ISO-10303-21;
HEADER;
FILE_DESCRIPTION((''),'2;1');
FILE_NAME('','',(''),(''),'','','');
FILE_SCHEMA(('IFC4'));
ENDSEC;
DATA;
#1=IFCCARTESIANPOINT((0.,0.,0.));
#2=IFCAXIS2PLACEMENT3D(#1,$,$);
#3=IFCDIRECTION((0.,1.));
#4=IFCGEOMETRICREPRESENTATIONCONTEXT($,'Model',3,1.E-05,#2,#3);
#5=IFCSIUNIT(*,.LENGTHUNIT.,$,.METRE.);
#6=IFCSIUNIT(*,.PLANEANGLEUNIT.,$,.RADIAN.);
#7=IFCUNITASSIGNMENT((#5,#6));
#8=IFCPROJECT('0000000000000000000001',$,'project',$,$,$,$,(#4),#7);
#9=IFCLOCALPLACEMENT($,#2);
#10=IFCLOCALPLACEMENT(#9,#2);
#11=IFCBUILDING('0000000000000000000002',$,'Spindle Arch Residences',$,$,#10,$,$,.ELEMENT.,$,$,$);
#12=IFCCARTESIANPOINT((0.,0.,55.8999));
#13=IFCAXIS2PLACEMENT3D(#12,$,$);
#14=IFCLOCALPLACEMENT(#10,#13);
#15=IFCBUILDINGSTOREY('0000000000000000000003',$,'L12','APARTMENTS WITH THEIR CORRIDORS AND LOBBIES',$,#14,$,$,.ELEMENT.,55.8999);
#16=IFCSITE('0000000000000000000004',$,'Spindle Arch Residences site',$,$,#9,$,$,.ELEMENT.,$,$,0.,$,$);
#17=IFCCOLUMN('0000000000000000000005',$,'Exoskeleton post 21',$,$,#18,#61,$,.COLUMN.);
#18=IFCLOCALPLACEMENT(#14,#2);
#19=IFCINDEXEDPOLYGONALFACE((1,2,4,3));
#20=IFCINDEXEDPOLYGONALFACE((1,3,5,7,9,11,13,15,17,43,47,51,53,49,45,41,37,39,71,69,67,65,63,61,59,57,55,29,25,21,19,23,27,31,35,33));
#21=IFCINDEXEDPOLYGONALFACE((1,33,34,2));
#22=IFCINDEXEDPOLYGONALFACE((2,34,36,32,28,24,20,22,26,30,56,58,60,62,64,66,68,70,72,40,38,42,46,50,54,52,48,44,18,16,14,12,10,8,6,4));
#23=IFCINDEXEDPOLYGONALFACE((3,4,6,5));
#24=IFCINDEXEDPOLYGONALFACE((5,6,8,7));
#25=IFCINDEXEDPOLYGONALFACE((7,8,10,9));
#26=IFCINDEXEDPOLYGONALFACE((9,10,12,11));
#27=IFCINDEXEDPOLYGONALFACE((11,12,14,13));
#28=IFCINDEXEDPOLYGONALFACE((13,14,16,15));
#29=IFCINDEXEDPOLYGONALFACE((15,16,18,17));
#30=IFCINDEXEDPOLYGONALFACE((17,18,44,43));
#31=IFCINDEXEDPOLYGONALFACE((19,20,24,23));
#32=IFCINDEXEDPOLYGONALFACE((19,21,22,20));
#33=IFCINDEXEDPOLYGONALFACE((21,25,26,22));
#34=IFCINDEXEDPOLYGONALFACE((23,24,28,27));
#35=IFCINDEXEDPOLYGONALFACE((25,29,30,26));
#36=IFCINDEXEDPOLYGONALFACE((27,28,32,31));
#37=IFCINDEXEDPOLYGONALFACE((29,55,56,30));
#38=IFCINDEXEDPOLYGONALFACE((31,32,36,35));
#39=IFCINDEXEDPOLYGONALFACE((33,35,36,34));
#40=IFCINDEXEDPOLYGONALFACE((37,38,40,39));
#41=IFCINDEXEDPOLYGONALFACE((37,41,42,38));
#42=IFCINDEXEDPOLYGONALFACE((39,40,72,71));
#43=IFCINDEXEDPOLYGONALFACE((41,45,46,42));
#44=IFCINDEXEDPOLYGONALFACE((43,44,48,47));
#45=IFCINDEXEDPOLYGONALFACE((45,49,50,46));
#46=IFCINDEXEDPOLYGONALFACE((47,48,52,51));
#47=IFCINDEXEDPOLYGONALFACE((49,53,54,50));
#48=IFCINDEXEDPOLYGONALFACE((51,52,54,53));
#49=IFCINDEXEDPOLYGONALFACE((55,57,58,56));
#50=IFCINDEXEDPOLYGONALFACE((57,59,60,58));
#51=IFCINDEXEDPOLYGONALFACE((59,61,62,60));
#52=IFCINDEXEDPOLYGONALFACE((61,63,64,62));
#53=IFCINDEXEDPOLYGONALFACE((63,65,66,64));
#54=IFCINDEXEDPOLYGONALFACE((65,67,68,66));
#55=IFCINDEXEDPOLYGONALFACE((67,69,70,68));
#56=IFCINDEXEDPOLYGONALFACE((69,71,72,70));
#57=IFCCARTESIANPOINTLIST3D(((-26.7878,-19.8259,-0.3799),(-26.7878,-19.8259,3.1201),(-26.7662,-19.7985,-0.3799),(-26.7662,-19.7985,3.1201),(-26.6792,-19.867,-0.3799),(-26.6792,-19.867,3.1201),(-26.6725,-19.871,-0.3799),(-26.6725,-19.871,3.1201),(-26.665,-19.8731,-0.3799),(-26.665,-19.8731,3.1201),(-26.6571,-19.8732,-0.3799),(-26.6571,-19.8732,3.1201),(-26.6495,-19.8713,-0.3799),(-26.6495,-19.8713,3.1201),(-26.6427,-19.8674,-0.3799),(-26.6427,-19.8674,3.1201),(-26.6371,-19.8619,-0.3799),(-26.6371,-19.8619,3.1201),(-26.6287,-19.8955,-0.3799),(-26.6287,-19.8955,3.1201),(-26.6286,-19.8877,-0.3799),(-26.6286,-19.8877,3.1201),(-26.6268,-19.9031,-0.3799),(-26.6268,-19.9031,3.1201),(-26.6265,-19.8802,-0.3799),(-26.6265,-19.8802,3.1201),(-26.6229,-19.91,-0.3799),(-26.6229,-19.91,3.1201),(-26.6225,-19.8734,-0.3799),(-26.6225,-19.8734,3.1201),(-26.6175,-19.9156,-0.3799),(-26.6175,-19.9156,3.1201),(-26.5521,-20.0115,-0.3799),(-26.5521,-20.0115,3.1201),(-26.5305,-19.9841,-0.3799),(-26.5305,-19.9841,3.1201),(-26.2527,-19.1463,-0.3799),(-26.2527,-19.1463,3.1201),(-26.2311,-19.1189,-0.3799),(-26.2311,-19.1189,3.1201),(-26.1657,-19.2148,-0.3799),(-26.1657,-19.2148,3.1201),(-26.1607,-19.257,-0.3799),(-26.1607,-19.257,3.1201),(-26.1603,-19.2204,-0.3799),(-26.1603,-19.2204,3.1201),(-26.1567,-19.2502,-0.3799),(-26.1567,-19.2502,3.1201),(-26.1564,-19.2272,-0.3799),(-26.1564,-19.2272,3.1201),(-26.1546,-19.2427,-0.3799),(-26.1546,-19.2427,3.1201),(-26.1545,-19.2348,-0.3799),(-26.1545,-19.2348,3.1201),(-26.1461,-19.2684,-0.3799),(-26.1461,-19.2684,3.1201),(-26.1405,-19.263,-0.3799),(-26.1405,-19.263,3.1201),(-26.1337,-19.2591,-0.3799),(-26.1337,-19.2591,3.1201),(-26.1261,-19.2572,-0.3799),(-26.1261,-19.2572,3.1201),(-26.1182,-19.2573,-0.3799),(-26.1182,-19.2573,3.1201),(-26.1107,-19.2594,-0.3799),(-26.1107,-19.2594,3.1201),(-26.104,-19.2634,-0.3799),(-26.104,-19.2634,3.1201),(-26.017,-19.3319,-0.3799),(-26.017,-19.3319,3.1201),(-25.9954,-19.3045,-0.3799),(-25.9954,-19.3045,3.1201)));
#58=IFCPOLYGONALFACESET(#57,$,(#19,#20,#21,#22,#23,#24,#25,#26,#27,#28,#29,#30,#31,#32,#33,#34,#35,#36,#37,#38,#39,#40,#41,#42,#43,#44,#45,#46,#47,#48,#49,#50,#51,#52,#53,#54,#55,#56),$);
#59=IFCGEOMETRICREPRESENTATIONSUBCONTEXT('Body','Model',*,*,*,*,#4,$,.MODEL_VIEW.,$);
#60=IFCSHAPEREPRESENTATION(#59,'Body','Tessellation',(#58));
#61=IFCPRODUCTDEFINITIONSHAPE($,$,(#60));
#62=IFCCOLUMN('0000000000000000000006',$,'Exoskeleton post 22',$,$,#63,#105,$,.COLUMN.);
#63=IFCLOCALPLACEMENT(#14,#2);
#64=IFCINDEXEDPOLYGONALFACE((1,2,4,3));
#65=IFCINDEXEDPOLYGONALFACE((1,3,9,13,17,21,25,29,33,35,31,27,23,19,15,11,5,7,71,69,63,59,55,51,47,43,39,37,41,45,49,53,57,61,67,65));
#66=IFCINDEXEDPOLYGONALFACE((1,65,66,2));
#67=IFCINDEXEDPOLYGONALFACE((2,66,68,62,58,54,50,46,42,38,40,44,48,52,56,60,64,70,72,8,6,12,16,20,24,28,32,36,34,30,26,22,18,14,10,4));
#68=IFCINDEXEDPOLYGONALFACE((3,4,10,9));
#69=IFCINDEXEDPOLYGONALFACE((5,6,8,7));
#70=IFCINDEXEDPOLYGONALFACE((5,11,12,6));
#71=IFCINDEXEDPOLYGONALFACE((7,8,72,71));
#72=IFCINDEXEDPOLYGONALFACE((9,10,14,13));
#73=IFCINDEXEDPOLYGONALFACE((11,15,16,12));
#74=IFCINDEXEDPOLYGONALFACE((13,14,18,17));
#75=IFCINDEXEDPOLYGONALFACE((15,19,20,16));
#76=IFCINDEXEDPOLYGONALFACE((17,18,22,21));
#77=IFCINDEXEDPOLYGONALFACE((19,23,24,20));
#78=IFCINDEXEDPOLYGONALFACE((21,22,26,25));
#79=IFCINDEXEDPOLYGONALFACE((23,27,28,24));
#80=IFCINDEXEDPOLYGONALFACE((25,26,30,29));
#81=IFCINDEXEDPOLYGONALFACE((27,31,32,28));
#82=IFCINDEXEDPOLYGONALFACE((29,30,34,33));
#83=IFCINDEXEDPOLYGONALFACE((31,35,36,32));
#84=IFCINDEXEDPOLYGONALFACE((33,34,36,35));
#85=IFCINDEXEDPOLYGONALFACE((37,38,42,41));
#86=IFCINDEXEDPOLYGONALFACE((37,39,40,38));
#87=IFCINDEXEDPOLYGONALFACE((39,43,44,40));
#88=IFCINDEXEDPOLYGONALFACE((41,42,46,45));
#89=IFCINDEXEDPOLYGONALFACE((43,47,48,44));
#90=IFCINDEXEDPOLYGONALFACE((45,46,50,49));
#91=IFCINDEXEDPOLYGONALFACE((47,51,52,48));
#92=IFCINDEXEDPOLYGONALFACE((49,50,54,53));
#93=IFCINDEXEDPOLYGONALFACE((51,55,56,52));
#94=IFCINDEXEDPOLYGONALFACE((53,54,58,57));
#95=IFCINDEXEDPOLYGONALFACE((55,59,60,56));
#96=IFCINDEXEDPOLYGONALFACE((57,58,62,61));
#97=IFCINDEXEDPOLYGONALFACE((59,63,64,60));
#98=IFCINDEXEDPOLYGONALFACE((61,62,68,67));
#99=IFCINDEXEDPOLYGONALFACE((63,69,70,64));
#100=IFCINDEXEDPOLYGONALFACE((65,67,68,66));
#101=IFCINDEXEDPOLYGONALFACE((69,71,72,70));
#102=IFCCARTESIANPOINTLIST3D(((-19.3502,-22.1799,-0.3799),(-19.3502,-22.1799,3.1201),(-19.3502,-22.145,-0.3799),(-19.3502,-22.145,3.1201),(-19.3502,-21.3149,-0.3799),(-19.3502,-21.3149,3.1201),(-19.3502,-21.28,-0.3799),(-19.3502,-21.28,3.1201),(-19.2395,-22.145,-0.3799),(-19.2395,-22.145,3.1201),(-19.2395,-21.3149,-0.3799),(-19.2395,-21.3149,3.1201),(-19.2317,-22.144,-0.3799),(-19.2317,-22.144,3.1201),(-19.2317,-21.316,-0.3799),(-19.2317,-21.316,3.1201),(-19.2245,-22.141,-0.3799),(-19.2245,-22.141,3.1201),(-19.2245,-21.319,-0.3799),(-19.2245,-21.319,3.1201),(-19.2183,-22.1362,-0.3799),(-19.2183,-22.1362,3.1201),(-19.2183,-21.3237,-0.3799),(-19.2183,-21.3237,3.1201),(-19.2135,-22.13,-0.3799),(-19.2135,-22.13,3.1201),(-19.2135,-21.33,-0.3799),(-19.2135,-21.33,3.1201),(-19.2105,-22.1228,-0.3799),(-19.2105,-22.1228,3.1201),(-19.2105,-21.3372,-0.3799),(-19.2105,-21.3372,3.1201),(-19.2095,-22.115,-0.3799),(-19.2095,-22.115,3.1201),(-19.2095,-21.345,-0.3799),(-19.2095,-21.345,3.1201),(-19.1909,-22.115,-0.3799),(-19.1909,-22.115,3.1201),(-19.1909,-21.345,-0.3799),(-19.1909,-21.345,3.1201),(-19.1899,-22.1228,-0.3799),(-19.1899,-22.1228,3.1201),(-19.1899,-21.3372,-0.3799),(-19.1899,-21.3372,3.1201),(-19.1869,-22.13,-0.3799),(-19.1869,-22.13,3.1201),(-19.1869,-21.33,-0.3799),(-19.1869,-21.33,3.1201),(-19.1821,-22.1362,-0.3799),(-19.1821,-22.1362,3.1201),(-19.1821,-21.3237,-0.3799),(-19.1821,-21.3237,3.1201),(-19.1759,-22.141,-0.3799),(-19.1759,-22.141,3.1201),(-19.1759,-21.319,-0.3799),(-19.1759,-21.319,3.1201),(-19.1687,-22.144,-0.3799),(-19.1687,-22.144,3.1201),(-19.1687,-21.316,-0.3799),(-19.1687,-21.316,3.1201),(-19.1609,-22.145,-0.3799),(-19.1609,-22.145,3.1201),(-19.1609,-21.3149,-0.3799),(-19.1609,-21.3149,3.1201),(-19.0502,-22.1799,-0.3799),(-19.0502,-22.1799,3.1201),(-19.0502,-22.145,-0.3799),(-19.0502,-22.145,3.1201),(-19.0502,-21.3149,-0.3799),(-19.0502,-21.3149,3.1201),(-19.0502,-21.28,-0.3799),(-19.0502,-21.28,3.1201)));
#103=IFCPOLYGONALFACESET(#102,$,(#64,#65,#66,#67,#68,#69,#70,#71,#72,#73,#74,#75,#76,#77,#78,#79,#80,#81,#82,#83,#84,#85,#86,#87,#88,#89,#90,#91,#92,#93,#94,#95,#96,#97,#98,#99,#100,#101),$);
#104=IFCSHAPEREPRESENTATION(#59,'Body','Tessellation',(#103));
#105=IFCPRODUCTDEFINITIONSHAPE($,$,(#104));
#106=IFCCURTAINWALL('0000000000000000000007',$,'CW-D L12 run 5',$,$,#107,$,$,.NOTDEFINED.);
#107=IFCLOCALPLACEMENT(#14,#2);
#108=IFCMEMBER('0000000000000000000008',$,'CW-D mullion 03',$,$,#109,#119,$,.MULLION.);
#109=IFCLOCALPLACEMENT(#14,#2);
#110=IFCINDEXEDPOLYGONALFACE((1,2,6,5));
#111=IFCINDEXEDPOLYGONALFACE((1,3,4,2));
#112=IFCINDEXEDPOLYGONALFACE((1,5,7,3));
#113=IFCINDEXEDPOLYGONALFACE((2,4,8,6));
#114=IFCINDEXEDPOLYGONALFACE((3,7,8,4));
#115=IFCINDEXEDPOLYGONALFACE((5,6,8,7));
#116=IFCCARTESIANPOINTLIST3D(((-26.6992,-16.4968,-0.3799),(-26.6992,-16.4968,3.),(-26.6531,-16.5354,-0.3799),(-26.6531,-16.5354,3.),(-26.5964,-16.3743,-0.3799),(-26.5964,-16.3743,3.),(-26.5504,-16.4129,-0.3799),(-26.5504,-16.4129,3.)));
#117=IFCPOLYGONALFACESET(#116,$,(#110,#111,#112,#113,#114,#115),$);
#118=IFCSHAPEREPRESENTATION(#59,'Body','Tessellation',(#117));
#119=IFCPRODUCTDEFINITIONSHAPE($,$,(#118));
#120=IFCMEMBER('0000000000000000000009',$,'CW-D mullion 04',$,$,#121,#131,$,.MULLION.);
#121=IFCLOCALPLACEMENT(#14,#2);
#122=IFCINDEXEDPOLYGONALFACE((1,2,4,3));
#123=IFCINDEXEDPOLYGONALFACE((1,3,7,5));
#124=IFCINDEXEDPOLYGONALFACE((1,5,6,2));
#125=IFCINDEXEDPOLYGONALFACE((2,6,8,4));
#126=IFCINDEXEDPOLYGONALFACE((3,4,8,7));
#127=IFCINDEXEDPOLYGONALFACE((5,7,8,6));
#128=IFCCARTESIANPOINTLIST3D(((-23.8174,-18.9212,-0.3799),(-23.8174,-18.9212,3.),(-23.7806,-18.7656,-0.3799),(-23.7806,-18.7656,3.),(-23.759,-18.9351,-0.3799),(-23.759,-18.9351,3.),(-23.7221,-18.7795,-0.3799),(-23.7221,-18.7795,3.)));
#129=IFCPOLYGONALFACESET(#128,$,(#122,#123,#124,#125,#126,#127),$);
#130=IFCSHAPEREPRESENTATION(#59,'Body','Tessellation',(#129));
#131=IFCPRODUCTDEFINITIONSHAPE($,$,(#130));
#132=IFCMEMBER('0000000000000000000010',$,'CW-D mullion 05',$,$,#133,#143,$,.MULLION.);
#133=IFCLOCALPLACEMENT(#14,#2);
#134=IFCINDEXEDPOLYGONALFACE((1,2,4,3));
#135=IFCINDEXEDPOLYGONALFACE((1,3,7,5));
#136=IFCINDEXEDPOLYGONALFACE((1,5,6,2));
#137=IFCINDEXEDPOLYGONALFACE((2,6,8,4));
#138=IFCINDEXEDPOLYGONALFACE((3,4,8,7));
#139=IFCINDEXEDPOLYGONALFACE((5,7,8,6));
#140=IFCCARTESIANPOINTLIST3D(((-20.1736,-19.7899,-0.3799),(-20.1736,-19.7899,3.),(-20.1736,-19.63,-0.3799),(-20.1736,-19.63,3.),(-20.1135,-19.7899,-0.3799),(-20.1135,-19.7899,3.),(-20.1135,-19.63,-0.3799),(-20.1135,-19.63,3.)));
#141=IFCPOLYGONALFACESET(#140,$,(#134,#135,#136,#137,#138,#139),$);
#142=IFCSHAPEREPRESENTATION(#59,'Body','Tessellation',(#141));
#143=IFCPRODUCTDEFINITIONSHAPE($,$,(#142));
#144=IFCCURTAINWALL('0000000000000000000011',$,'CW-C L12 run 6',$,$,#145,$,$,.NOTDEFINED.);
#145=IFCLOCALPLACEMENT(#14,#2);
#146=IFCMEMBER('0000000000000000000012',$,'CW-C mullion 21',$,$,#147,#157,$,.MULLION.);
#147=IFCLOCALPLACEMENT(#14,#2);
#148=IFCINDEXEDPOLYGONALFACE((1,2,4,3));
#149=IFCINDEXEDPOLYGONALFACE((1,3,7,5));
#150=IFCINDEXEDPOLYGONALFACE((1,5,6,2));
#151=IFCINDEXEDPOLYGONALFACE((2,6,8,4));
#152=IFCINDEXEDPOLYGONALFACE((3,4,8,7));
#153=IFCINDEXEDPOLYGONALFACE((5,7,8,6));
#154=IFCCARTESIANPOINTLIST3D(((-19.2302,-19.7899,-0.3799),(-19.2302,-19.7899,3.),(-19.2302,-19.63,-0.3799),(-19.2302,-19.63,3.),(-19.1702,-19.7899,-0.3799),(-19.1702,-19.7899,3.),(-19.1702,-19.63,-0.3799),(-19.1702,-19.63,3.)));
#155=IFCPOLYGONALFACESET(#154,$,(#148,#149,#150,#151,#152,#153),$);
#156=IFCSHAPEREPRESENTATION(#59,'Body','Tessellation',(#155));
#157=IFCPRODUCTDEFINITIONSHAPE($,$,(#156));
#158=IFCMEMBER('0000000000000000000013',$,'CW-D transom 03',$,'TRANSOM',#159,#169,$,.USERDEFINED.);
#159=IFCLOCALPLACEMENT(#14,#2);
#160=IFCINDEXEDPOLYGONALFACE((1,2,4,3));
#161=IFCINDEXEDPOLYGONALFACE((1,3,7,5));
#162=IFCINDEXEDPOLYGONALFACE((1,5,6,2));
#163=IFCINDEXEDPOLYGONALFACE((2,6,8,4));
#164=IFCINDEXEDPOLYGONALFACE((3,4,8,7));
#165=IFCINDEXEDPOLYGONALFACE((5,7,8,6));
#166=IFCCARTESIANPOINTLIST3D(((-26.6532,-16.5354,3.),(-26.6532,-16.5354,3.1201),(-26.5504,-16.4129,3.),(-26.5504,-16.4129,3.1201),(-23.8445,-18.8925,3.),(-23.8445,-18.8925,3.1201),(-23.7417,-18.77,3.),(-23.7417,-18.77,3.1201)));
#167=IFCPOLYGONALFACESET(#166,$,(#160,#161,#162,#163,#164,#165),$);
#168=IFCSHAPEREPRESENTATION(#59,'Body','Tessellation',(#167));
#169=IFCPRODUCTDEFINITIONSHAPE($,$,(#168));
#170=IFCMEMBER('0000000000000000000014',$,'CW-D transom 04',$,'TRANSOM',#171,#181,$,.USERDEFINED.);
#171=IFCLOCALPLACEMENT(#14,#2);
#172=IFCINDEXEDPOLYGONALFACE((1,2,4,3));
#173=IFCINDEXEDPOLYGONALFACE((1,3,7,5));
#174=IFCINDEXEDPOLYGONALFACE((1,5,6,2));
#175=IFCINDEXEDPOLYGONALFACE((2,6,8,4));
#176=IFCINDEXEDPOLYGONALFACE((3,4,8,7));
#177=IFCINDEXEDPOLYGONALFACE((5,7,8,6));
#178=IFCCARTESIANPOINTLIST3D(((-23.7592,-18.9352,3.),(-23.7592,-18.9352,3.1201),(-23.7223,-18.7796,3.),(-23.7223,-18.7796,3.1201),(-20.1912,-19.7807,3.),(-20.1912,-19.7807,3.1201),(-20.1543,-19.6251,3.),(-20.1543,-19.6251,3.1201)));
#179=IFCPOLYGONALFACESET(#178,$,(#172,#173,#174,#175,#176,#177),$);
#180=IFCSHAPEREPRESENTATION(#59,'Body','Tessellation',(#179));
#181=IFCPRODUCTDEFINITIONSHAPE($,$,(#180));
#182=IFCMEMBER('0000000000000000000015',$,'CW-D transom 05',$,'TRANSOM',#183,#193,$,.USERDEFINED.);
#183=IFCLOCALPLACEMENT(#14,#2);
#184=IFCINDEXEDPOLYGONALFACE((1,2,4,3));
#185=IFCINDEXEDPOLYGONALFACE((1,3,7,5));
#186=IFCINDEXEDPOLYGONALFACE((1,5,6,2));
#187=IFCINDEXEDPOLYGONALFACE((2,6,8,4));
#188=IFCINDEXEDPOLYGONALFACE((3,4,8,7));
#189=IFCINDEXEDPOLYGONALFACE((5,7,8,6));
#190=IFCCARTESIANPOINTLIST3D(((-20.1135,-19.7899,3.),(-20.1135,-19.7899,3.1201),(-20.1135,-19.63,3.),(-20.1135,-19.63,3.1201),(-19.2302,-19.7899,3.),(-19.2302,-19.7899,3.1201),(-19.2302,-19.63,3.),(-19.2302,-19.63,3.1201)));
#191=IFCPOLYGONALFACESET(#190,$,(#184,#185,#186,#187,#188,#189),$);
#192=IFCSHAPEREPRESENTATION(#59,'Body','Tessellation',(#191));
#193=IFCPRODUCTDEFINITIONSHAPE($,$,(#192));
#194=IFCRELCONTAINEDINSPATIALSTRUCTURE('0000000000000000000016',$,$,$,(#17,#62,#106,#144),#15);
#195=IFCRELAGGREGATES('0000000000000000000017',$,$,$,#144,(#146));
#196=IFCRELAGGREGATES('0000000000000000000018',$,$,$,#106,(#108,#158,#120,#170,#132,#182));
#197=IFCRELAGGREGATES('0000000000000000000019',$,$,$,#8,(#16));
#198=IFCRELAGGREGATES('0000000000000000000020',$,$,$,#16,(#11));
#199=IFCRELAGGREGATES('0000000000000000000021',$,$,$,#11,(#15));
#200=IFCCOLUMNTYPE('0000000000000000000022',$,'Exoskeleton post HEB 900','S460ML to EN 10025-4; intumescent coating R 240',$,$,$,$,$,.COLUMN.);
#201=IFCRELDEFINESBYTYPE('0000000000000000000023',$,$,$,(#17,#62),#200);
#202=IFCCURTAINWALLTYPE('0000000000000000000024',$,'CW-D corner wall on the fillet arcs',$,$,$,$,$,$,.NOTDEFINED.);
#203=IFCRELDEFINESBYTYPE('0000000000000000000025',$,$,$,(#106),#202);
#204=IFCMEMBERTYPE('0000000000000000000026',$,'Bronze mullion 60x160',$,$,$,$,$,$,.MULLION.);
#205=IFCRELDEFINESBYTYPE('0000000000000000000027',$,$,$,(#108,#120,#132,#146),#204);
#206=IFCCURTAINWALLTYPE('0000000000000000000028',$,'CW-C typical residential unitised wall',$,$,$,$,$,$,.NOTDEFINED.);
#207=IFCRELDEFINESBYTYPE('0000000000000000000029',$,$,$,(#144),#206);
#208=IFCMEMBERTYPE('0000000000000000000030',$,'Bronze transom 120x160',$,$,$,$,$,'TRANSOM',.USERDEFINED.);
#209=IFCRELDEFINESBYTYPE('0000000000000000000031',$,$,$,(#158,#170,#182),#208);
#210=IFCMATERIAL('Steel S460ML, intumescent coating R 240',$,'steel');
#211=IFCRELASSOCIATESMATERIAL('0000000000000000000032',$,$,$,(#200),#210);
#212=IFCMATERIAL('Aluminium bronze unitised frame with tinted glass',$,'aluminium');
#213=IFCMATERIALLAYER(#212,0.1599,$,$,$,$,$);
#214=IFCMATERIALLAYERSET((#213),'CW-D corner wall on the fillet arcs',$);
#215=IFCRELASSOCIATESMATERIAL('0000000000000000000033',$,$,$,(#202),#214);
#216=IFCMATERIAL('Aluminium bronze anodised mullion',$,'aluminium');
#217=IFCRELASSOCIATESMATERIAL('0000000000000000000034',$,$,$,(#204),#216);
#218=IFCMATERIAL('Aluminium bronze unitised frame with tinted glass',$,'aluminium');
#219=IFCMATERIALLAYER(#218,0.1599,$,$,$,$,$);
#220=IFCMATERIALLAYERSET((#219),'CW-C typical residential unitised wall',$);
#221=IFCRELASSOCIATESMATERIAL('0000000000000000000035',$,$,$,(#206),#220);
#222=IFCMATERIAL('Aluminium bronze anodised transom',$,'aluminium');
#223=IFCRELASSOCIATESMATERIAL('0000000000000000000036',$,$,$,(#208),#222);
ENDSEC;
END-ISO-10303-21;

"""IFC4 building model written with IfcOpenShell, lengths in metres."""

from ifc_helpers import new_model, si_unit, direction, frame, origin, origin_2d, place, context, subcontext, project, spatial, rectangle, i_section, extrude, material, layer, layer_set, material_profile, profile_set, type_object, element, aggregate, save


model = new_model("IFC4")

# Units and contexts
model_context = context("Model", 3, precision=1e-05, world=origin(), true_north=direction((0.0, 1.0)))
body_context = subcontext(model_context, "Body", "Model", "MODEL_VIEW")
ifc_project = project(units=[si_unit("LENGTHUNIT", "METRE"), si_unit("PLANEANGLEUNIT", "RADIAN")], contexts=[model_context])

# Site, building, storey
site_placement = place(None, origin())
site = spatial("IfcSite", under=ifc_project, at=site_placement, Name="Spindle Arch Residences site", CompositionType="ELEMENT", RefElevation=0.0)
building_placement = place(site_placement, origin())
building = spatial("IfcBuilding", under=site, at=building_placement, Name="Spindle Arch Residences", CompositionType="ELEMENT")
storey_placement = place(building_placement, frame((0.0, 0.0, 55.8999)))
storey = spatial("IfcBuildingStorey", under=building, at=storey_placement, Name="L12", Description="APARTMENTS WITH THEIR CORRIDORS AND LOBBIES", CompositionType="ELEMENT", Elevation=55.8999)

# Columns
ifc_material_1 = material(Name="Steel S460ML, intumescent coating R 240", Category="steel")
ifc_material_profile_1 = material_profile(ifc_material_1, i_section(OverallWidth=0.3, OverallDepth=0.8999, WebThickness=0.0186, FlangeThickness=0.0349, FilletRadius=0.03, at=origin_2d()), Name="HEB 900")
ifc_profile_set_1 = profile_set([ifc_material_profile_1], Name="Steel S460ML, intumescent coating R 240")
column_type = type_object("IfcColumnType", Name="Exoskeleton post HEB 900", Description="S460ML to EN 10025-4; intumescent coating R 240", PredefinedType="COLUMN", material=ifc_profile_set_1)
for number, where, z_axis, x_axis, name in (
    (1, (-26.3916, -19.5652, -0.3799), (0.0, 0.0, 1.0), (-0.785684, 0.618629, 0.0), "Exoskeleton post 21"),
    (2, (-19.2002, -21.73, -0.3799), (0.0, 0.0, 1.0), (-1.0, 0.0, 0.0), "Exoskeleton post 22"),
):
    element("IfcColumn", number, at=place(storey_placement, frame(where, z_axis=z_axis, x_axis=x_axis)), inside=storey, type_object=column_type, Name=name, PredefinedType="COLUMN", context=body_context, shape_type="SweptSolid", body=[
        extrude(i_section(OverallWidth=0.3, OverallDepth=0.8999, WebThickness=0.0186, FlangeThickness=0.0349, FilletRadius=0.03, at=origin_2d()), origin(), (0.0, 0.0, 1.0), 3.5),
    ])

# Curtain wall, members
ifc_material_2 = material(Name="Aluminium bronze unitised frame with tinted glass", Category="aluminium")
ifc_layer_1 = layer(ifc_material_2, 0.1599)
ifc_layer_set_1 = layer_set([ifc_layer_1], Name="CW-D corner wall on the fillet arcs")
curtain_wall_type_1 = type_object("IfcCurtainWallType", Name="CW-D corner wall on the fillet arcs", PredefinedType="NOTDEFINED", material=ifc_layer_set_1)
curtain_wall_1_placement = place(storey_placement, origin())
curtain_wall_1 = element("IfcCurtainWall", 3, at=curtain_wall_1_placement, inside=storey, type_object=curtain_wall_type_1, Name="CW-D L12 run 5", PredefinedType="NOTDEFINED")
ifc_material_3 = material(Name="Aluminium bronze anodised mullion", Category="aluminium")
ifc_material_profile_2 = material_profile(ifc_material_3, rectangle(XDim=0.1599, YDim=0.0601, at=origin_2d()), Name="MU 60x160")
ifc_profile_set_2 = profile_set([ifc_material_profile_2], Name="Aluminium bronze anodised mullion")
member_type_1 = type_object("IfcMemberType", Name="Bronze mullion 60x160", PredefinedType="MULLION", material=ifc_profile_set_2)
member_1_placement = place(storey_placement, frame((-26.6248, -16.4548, -0.3799), z_axis=(0.0, 0.0, 1.0), x_axis=(0.642788, 0.766044, 0.0)))
member_1 = element("IfcMember", 4, at=member_1_placement, type_object=member_type_1, Name="CW-D mullion 03", PredefinedType="MULLION", context=body_context, shape_type="SweptSolid", body=[
    extrude(rectangle(XDim=0.1599, YDim=0.0601, at=origin_2d()), origin(), (0.0, 0.0, 1.0), 3.3799),
])
member_2_placement = place(storey_placement, frame((-23.7698, -18.8503, -0.3799), z_axis=(0.0, 0.0, 1.0), x_axis=(0.230616, 0.973045, 0.0)))
member_2 = element("IfcMember", 5, at=member_2_placement, type_object=member_type_1, Name="CW-D mullion 04", PredefinedType="MULLION", context=body_context, shape_type="SweptSolid", body=[
    extrude(rectangle(XDim=0.1599, YDim=0.0601, at=origin_2d()), origin(), (0.0, 0.0, 1.0), 3.3799),
])
member_3_placement = place(storey_placement, frame((-20.1436, -19.71, -0.3799), z_axis=(0.0, 0.0, 1.0), x_axis=(0.0, 1.0, 0.0)))
member_3 = element("IfcMember", 6, at=member_3_placement, type_object=member_type_1, Name="CW-D mullion 05", PredefinedType="MULLION", context=body_context, shape_type="SweptSolid", body=[
    extrude(rectangle(XDim=0.1599, YDim=0.0601, at=origin_2d()), origin(), (0.0, 0.0, 1.0), 3.3799),
])

# Curtain wall, member
ifc_material_4 = material(Name="Aluminium bronze unitised frame with tinted glass", Category="aluminium")
ifc_layer_2 = layer(ifc_material_4, 0.1599)
ifc_layer_set_2 = layer_set([ifc_layer_2], Name="CW-C typical residential unitised wall")
curtain_wall_type_2 = type_object("IfcCurtainWallType", Name="CW-C typical residential unitised wall", PredefinedType="NOTDEFINED", material=ifc_layer_set_2)
curtain_wall_2_placement = place(storey_placement, origin())
curtain_wall_2 = element("IfcCurtainWall", 7, at=curtain_wall_2_placement, inside=storey, type_object=curtain_wall_type_2, Name="CW-C L12 run 6", PredefinedType="NOTDEFINED")
member_4_placement = place(storey_placement, frame((-19.2002, -19.71, -0.3799), z_axis=(0.0, 0.0, 1.0), x_axis=(0.0, 1.0, 0.0)))
member_4 = element("IfcMember", 8, at=member_4_placement, type_object=member_type_1, Name="CW-C mullion 21", PredefinedType="MULLION", context=body_context, shape_type="SweptSolid", body=[
    extrude(rectangle(XDim=0.1599, YDim=0.0601, at=origin_2d()), origin(), (0.0, 0.0, 1.0), 3.3799),
])

# Members
ifc_material_5 = material(Name="Aluminium bronze anodised transom", Category="aluminium")
ifc_material_profile_3 = material_profile(ifc_material_5, rectangle(XDim=0.1599, YDim=0.1201, at=origin_2d()), Name="TR 120x160")
ifc_profile_set_3 = profile_set([ifc_material_profile_3], Name="Aluminium bronze anodised transom")
member_type_2 = type_object("IfcMemberType", Name="Bronze transom 120x160", ElementType="TRANSOM", PredefinedType="USERDEFINED", material=ifc_profile_set_3)
member_5_placement = place(storey_placement, frame((-26.6018, -16.4741, 3.0601), z_axis=(0.766006, -0.642833, 0.0), x_axis=(0.642833, 0.766006, 0.0)))
member_5 = element("IfcMember", 9, at=member_5_placement, type_object=member_type_2, Name="CW-D transom 03", ObjectType="TRANSOM", PredefinedType="USERDEFINED", context=body_context, shape_type="SweptSolid", body=[
    extrude(rectangle(XDim=0.1599, YDim=0.1201, at=origin_2d()), origin(), (0.0, 0.0, 1.0), 3.6667),
])
member_6_placement = place(storey_placement, frame((-23.7407, -18.8574, 3.0601), z_axis=(0.973054, -0.230579, 0.0), x_axis=(0.230579, 0.973054, 0.0)))
member_6 = element("IfcMember", 10, at=member_6_placement, type_object=member_type_2, Name="CW-D transom 04", ObjectType="TRANSOM", PredefinedType="USERDEFINED", context=body_context, shape_type="SweptSolid", body=[
    extrude(rectangle(XDim=0.1599, YDim=0.1201, at=origin_2d()), origin(), (0.0, 0.0, 1.0), 3.6667),
])
member_7_placement = place(storey_placement, frame((-20.1135, -19.71, 3.0601), z_axis=(1.0, 0.0, 0.0), x_axis=(0.0, 1.0, 0.0)))
member_7 = element("IfcMember", 11, at=member_7_placement, type_object=member_type_2, Name="CW-D transom 05", ObjectType="TRANSOM", PredefinedType="USERDEFINED", context=body_context, shape_type="SweptSolid", body=[
    extrude(rectangle(XDim=0.1599, YDim=0.1201, at=origin_2d()), origin(), (0.0, 0.0, 1.0), 0.8833),
])
aggregate(curtain_wall_2, [member_4])

aggregate(curtain_wall_1, [member_1, member_5, member_2, member_6, member_3, member_7])

save(model, "model.ifc")
